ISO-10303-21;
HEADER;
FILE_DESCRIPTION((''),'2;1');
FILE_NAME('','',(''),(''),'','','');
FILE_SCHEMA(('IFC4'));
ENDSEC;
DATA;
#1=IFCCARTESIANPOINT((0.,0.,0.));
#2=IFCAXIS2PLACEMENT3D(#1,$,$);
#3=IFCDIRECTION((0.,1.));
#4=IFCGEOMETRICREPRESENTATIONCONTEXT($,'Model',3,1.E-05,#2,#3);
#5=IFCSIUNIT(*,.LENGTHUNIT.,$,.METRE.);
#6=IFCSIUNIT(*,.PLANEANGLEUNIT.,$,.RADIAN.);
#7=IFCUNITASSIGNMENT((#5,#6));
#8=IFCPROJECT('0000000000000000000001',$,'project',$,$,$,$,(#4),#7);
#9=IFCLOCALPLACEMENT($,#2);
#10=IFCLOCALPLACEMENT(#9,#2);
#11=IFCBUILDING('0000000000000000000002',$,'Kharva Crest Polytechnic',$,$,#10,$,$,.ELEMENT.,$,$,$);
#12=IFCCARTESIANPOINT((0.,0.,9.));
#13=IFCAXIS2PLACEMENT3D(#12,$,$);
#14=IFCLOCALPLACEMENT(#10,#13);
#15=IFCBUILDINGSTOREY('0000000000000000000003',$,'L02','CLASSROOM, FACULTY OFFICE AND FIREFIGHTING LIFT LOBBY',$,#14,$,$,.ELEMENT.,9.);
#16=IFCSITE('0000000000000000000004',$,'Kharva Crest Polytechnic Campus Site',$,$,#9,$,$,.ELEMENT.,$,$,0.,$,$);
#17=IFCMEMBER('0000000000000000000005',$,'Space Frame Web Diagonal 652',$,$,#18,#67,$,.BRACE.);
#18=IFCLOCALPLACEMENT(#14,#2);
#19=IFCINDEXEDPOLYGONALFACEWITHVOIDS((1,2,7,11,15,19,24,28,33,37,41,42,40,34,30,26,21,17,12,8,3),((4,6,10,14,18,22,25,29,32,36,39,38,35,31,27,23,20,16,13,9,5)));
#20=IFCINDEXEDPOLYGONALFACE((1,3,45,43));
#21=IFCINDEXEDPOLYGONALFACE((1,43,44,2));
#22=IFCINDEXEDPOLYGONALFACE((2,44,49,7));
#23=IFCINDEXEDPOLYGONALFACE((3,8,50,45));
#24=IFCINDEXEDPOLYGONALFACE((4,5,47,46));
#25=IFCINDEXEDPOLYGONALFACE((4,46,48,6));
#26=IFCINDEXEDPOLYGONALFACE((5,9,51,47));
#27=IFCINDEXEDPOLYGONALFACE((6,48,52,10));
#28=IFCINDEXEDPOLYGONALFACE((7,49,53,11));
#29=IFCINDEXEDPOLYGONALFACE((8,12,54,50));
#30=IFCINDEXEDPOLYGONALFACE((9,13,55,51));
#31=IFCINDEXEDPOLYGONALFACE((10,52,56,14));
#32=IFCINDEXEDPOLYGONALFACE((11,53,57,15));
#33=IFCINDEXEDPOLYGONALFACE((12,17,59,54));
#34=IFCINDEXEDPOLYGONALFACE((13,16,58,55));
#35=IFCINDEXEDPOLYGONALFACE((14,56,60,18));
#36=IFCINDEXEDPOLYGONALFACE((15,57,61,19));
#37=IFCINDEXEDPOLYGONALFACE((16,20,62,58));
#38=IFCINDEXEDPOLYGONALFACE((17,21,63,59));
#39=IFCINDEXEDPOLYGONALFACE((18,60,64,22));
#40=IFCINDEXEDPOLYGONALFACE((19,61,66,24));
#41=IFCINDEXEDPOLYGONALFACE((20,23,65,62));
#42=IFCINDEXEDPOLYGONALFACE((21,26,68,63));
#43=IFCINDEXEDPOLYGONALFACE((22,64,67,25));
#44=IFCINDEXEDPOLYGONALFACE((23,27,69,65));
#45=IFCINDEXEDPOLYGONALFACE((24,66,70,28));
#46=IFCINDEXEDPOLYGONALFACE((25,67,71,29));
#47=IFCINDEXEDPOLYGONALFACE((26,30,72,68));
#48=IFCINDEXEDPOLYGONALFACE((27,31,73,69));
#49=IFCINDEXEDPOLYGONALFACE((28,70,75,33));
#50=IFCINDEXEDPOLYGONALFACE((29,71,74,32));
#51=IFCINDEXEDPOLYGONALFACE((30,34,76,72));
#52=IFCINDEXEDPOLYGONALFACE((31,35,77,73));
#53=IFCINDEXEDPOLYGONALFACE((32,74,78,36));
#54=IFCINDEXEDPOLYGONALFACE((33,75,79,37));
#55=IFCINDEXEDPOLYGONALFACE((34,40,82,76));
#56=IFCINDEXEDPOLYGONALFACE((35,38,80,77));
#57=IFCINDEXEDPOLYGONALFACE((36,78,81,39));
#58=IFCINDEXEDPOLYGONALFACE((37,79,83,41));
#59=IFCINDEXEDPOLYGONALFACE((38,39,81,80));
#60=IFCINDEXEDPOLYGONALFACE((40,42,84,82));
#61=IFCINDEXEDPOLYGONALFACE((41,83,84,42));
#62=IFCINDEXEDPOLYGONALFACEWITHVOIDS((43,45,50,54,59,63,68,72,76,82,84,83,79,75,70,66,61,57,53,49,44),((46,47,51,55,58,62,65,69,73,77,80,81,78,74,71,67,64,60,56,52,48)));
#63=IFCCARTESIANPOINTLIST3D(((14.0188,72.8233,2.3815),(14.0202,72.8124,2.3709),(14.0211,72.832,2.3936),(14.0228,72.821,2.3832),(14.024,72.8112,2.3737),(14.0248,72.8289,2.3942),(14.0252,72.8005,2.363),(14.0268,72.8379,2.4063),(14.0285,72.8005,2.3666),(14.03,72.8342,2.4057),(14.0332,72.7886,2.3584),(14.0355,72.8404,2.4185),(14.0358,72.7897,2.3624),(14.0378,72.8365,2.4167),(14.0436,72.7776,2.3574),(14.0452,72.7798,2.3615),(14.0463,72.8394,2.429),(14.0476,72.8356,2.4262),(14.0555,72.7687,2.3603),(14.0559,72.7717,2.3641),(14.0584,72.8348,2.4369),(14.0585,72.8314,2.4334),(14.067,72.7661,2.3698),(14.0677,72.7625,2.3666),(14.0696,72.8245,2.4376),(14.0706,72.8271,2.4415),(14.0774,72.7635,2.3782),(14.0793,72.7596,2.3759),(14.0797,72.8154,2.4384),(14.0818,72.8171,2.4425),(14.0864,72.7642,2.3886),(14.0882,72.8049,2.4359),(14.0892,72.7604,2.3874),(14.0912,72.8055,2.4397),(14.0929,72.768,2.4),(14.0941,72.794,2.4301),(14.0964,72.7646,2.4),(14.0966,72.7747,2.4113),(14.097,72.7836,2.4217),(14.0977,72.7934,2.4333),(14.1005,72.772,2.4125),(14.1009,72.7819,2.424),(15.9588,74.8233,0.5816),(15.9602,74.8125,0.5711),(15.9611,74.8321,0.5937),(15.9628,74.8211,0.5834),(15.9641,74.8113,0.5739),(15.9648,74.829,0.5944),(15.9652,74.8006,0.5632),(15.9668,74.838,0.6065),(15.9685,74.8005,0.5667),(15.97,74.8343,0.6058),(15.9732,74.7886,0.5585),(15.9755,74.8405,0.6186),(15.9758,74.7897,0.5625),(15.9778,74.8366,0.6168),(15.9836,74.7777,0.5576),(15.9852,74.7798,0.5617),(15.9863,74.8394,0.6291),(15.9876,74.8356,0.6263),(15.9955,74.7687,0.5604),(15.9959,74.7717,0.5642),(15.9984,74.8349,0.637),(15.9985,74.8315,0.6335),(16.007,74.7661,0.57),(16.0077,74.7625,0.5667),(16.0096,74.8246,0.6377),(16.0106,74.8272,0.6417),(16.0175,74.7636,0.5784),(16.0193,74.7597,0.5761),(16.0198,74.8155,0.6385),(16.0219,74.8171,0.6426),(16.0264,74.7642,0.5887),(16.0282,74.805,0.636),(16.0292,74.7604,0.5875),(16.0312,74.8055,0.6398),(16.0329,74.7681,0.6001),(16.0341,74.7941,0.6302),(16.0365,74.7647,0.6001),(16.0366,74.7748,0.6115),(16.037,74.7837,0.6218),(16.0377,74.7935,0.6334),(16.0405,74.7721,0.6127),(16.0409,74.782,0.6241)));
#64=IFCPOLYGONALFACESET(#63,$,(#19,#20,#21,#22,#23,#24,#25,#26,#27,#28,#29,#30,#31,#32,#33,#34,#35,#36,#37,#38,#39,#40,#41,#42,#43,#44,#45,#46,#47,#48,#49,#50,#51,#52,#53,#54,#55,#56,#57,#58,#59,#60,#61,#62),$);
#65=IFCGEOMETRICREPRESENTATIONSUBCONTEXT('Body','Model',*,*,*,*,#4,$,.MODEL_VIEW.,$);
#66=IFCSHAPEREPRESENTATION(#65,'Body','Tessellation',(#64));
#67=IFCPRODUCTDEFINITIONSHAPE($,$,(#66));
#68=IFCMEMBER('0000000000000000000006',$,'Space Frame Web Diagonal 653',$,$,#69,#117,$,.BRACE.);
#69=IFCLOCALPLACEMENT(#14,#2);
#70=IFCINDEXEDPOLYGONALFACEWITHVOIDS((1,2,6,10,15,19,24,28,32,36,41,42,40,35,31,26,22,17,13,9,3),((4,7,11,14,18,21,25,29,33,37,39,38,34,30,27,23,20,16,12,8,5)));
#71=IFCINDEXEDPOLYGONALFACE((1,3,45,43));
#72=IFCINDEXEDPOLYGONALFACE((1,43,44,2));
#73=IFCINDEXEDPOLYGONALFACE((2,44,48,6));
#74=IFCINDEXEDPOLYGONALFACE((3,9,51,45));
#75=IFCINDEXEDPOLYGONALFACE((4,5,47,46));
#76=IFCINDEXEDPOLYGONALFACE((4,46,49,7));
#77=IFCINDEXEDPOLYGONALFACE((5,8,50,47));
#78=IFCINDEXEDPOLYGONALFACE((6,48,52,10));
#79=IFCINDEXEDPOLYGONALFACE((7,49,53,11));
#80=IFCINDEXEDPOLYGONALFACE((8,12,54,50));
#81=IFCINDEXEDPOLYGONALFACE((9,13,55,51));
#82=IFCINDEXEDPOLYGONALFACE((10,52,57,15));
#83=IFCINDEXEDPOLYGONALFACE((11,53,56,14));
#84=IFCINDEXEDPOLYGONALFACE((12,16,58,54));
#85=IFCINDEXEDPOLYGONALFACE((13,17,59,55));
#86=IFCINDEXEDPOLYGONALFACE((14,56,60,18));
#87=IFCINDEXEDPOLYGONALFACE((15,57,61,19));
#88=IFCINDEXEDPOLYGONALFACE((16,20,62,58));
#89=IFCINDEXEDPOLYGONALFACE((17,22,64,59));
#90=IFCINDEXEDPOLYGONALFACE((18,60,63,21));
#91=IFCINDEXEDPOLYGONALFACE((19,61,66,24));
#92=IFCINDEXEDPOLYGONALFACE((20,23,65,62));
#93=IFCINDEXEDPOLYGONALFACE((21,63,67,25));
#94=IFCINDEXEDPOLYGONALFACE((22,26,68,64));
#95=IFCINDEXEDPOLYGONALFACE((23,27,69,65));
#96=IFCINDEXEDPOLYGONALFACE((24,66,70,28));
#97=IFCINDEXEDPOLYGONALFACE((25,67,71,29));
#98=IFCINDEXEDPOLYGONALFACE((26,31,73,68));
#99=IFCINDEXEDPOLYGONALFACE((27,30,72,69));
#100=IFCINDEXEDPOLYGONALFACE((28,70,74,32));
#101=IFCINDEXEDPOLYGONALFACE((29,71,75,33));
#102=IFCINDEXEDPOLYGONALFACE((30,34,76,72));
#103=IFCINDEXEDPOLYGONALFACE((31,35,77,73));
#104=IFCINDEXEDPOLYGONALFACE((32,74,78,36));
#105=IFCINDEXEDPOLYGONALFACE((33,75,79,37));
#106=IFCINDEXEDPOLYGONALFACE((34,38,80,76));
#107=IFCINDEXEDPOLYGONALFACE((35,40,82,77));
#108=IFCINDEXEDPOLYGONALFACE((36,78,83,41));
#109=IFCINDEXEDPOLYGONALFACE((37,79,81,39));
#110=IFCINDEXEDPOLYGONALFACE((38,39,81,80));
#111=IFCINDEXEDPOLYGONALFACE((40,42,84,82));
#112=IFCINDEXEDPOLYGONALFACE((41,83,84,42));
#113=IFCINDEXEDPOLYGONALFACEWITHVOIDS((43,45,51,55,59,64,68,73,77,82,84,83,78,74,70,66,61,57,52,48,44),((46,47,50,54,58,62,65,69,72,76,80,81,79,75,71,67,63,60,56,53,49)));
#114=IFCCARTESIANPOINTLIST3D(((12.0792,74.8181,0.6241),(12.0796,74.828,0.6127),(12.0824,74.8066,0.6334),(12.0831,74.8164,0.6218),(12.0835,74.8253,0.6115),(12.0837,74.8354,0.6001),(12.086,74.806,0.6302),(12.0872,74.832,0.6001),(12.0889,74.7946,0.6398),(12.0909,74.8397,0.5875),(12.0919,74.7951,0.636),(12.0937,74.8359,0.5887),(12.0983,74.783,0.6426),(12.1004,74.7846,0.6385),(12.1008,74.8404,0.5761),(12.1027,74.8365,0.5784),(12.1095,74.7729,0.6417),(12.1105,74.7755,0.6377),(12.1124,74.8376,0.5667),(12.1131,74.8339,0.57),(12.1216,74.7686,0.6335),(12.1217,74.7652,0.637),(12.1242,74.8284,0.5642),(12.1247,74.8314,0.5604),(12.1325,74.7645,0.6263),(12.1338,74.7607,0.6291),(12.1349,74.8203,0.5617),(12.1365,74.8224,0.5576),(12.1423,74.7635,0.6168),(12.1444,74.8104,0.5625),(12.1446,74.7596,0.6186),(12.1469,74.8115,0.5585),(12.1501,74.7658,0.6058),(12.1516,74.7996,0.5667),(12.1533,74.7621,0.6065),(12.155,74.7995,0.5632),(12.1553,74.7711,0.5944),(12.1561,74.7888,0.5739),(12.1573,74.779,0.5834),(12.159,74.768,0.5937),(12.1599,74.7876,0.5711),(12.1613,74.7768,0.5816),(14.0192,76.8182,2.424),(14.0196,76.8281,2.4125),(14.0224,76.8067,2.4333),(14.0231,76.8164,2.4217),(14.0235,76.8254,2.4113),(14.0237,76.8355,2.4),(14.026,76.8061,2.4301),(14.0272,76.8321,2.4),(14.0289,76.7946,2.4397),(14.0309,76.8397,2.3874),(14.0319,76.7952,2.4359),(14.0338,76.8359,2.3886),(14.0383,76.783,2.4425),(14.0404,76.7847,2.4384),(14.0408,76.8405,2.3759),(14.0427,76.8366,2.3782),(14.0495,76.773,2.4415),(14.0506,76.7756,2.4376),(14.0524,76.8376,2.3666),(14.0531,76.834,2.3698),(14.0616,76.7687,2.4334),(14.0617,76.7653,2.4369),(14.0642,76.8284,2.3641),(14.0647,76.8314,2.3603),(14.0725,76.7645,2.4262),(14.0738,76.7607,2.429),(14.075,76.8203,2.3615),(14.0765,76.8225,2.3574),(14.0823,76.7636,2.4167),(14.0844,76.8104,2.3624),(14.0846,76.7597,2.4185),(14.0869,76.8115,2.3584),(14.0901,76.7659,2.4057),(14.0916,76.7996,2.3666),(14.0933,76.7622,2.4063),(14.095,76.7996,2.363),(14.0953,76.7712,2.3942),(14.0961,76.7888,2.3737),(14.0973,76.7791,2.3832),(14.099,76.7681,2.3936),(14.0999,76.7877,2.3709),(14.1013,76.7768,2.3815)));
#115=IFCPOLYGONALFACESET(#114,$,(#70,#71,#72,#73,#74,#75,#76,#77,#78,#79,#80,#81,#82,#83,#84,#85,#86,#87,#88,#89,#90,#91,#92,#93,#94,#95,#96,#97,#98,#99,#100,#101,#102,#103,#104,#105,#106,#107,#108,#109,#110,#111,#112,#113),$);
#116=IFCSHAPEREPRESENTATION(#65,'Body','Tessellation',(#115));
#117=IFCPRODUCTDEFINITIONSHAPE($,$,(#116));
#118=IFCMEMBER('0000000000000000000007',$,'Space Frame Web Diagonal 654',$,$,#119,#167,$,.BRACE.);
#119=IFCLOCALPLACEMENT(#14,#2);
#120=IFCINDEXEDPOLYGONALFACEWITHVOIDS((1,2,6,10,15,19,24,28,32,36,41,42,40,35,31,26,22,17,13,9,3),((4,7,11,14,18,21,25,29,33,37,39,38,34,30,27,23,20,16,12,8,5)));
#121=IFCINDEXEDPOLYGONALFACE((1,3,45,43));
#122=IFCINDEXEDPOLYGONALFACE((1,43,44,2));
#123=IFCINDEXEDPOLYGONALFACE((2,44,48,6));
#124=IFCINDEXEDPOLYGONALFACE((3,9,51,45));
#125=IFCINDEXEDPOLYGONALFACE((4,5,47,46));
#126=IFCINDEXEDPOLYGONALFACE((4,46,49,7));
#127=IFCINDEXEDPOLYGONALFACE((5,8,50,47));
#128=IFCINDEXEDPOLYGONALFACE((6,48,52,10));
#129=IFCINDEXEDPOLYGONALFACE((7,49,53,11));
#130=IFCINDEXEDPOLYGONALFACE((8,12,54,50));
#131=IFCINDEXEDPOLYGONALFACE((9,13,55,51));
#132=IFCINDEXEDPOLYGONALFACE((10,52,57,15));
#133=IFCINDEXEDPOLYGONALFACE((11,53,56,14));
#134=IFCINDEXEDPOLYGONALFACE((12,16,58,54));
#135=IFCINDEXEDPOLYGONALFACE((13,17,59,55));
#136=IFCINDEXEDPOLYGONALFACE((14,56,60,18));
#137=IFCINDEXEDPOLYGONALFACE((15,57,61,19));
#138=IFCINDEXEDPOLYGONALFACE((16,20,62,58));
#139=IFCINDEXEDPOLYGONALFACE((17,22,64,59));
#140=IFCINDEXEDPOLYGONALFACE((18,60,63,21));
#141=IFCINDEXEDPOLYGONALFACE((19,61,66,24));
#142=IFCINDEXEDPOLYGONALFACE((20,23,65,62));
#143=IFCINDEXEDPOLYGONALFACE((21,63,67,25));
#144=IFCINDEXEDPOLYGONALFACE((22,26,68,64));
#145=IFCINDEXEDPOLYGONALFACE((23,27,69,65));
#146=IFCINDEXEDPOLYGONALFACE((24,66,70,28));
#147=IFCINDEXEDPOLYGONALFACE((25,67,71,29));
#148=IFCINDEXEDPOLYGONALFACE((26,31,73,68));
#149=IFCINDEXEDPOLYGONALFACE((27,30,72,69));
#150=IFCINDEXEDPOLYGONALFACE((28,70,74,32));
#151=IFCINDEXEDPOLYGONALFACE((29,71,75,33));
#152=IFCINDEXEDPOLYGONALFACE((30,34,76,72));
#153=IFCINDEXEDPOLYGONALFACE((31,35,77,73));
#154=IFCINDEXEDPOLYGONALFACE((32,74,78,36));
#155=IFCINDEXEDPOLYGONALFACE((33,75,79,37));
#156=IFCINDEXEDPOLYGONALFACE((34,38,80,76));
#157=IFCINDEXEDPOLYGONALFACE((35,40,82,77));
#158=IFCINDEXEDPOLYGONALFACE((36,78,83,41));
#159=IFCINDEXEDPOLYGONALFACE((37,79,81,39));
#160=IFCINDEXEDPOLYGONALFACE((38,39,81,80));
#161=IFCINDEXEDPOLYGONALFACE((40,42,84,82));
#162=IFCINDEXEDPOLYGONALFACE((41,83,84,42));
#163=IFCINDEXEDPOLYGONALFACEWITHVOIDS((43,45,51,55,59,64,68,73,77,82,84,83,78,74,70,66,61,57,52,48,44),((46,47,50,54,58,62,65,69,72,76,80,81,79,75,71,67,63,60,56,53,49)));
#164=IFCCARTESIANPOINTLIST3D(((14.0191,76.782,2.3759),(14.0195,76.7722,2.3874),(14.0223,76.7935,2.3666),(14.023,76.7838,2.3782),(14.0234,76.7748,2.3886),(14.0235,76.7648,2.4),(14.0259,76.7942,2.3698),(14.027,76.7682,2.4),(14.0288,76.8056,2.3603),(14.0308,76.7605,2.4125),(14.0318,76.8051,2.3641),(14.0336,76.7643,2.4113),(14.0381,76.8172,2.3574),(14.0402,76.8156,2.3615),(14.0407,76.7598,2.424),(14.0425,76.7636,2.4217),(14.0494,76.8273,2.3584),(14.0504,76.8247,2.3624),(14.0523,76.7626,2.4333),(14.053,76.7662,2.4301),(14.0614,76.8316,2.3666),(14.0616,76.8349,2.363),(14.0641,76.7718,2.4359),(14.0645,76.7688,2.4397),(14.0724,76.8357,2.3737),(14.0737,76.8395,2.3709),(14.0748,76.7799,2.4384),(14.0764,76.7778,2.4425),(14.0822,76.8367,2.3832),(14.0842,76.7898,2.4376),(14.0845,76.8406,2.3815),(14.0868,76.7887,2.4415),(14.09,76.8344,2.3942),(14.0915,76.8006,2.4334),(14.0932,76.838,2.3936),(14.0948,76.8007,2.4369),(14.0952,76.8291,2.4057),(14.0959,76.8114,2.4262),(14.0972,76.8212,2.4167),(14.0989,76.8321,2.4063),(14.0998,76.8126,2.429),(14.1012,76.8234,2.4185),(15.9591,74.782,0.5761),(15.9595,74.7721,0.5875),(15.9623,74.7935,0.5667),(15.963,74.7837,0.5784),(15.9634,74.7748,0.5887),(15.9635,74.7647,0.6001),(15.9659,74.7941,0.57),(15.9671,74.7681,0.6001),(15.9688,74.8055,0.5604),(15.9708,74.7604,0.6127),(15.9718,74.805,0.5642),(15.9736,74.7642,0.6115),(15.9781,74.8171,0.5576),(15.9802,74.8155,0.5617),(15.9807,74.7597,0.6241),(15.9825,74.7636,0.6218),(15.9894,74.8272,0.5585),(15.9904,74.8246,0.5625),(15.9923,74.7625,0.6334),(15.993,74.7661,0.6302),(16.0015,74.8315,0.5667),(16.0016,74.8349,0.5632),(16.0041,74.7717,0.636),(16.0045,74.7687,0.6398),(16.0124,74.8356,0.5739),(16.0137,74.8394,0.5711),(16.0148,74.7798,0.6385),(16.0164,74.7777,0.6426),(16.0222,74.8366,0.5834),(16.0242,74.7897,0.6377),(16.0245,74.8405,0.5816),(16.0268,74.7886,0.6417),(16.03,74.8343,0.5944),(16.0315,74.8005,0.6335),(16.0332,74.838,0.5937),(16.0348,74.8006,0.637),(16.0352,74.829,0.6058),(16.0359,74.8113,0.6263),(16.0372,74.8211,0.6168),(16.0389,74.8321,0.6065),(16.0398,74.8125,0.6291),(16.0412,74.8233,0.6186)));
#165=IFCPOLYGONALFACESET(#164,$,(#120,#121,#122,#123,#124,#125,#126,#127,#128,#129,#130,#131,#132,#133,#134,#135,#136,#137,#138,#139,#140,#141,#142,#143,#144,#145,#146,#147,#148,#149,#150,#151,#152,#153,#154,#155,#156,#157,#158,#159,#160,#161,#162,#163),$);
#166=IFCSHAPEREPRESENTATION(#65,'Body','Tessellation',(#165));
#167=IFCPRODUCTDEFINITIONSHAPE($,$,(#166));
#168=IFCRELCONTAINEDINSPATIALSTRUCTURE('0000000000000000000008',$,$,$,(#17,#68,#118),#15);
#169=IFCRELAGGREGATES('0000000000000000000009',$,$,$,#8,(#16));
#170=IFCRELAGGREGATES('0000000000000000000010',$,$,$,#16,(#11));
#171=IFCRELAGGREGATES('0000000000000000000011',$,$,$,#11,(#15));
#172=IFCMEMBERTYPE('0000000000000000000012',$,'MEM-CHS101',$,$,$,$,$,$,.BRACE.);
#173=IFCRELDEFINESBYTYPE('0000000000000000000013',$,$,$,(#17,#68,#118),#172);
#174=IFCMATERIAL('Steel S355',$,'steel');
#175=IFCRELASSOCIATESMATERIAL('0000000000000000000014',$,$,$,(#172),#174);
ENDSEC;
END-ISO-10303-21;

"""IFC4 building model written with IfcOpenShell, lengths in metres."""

from ifc_helpers import new_model, si_unit, direction, frame, origin, origin_2d, place, context, subcontext, project, spatial, hollow_circle, extrude, material, material_profile, profile_set, type_object, element, save


model = new_model("IFC4")

# Units and contexts
model_context = context("Model", 3, precision=1e-05, world=origin(), true_north=direction((0.0, 1.0)))
body_context = subcontext(model_context, "Body", "Model", "MODEL_VIEW")
ifc_project = project(units=[si_unit("LENGTHUNIT", "METRE"), si_unit("PLANEANGLEUNIT", "RADIAN")], contexts=[model_context])

# Site, building, storey
site_placement = place(None, origin())
site = spatial("IfcSite", under=ifc_project, at=site_placement, Name="Kharva Crest Polytechnic Campus Site", CompositionType="ELEMENT", RefElevation=0.0)
building_placement = place(site_placement, origin())
building = spatial("IfcBuilding", under=site, at=building_placement, Name="Kharva Crest Polytechnic", CompositionType="ELEMENT")
storey_placement = place(building_placement, frame((0.0, 0.0, 9.0)))
storey = spatial("IfcBuildingStorey", under=building, at=storey_placement, Name="L02", Description="CLASSROOM, FACULTY OFFICE AND FIREFIGHTING LIFT LOBBY", CompositionType="ELEMENT", Elevation=9.0)

# Shared definitions
ifc_material_1 = material(Name="Steel S355", Category="steel")

# Members
ifc_material_profile_1 = material_profile(ifc_material_1, hollow_circle(Radius=0.0508, WallThickness=0.0049, at=origin_2d()), Name="CHS 101.6X5.0")
ifc_profile_set_1 = profile_set([ifc_material_profile_1], Name="Steel S355")
member_type_1 = type_object("IfcMemberType", Name="MEM-CHS101", PredefinedType="BRACE", material=ifc_profile_set_1)
for number, where, z_axis, x_axis, name in (
    (1, (16.0, 74.8, 0.6001), (-0.584843, -0.60295, 0.542596), (0.717802, -0.696247, 0.0), "Space Frame Web Diagonal 652"),
    (2, (12.1201, 74.8, 0.6001), (0.584843, 0.60295, 0.542596), (-0.717802, 0.696247, 0.0), "Space Frame Web Diagonal 653"),
    (3, (16.0, 74.8, 0.6001), (-0.584843, 0.60295, 0.542596), (-0.717802, -0.696247, 0.0), "Space Frame Web Diagonal 654"),
):
    element("IfcMember", number, at=place(storey_placement, frame(where, z_axis=z_axis, x_axis=x_axis)), inside=storey, type_object=member_type_1, Name=name, PredefinedType="BRACE", context=body_context, shape_type="SweptSolid", body=[
        extrude(hollow_circle(Radius=0.0508, WallThickness=0.0049, at=origin_2d()), origin(), (0.0, 0.0, 1.0), 3.3171),
    ])

save(model, "model.ifc")
